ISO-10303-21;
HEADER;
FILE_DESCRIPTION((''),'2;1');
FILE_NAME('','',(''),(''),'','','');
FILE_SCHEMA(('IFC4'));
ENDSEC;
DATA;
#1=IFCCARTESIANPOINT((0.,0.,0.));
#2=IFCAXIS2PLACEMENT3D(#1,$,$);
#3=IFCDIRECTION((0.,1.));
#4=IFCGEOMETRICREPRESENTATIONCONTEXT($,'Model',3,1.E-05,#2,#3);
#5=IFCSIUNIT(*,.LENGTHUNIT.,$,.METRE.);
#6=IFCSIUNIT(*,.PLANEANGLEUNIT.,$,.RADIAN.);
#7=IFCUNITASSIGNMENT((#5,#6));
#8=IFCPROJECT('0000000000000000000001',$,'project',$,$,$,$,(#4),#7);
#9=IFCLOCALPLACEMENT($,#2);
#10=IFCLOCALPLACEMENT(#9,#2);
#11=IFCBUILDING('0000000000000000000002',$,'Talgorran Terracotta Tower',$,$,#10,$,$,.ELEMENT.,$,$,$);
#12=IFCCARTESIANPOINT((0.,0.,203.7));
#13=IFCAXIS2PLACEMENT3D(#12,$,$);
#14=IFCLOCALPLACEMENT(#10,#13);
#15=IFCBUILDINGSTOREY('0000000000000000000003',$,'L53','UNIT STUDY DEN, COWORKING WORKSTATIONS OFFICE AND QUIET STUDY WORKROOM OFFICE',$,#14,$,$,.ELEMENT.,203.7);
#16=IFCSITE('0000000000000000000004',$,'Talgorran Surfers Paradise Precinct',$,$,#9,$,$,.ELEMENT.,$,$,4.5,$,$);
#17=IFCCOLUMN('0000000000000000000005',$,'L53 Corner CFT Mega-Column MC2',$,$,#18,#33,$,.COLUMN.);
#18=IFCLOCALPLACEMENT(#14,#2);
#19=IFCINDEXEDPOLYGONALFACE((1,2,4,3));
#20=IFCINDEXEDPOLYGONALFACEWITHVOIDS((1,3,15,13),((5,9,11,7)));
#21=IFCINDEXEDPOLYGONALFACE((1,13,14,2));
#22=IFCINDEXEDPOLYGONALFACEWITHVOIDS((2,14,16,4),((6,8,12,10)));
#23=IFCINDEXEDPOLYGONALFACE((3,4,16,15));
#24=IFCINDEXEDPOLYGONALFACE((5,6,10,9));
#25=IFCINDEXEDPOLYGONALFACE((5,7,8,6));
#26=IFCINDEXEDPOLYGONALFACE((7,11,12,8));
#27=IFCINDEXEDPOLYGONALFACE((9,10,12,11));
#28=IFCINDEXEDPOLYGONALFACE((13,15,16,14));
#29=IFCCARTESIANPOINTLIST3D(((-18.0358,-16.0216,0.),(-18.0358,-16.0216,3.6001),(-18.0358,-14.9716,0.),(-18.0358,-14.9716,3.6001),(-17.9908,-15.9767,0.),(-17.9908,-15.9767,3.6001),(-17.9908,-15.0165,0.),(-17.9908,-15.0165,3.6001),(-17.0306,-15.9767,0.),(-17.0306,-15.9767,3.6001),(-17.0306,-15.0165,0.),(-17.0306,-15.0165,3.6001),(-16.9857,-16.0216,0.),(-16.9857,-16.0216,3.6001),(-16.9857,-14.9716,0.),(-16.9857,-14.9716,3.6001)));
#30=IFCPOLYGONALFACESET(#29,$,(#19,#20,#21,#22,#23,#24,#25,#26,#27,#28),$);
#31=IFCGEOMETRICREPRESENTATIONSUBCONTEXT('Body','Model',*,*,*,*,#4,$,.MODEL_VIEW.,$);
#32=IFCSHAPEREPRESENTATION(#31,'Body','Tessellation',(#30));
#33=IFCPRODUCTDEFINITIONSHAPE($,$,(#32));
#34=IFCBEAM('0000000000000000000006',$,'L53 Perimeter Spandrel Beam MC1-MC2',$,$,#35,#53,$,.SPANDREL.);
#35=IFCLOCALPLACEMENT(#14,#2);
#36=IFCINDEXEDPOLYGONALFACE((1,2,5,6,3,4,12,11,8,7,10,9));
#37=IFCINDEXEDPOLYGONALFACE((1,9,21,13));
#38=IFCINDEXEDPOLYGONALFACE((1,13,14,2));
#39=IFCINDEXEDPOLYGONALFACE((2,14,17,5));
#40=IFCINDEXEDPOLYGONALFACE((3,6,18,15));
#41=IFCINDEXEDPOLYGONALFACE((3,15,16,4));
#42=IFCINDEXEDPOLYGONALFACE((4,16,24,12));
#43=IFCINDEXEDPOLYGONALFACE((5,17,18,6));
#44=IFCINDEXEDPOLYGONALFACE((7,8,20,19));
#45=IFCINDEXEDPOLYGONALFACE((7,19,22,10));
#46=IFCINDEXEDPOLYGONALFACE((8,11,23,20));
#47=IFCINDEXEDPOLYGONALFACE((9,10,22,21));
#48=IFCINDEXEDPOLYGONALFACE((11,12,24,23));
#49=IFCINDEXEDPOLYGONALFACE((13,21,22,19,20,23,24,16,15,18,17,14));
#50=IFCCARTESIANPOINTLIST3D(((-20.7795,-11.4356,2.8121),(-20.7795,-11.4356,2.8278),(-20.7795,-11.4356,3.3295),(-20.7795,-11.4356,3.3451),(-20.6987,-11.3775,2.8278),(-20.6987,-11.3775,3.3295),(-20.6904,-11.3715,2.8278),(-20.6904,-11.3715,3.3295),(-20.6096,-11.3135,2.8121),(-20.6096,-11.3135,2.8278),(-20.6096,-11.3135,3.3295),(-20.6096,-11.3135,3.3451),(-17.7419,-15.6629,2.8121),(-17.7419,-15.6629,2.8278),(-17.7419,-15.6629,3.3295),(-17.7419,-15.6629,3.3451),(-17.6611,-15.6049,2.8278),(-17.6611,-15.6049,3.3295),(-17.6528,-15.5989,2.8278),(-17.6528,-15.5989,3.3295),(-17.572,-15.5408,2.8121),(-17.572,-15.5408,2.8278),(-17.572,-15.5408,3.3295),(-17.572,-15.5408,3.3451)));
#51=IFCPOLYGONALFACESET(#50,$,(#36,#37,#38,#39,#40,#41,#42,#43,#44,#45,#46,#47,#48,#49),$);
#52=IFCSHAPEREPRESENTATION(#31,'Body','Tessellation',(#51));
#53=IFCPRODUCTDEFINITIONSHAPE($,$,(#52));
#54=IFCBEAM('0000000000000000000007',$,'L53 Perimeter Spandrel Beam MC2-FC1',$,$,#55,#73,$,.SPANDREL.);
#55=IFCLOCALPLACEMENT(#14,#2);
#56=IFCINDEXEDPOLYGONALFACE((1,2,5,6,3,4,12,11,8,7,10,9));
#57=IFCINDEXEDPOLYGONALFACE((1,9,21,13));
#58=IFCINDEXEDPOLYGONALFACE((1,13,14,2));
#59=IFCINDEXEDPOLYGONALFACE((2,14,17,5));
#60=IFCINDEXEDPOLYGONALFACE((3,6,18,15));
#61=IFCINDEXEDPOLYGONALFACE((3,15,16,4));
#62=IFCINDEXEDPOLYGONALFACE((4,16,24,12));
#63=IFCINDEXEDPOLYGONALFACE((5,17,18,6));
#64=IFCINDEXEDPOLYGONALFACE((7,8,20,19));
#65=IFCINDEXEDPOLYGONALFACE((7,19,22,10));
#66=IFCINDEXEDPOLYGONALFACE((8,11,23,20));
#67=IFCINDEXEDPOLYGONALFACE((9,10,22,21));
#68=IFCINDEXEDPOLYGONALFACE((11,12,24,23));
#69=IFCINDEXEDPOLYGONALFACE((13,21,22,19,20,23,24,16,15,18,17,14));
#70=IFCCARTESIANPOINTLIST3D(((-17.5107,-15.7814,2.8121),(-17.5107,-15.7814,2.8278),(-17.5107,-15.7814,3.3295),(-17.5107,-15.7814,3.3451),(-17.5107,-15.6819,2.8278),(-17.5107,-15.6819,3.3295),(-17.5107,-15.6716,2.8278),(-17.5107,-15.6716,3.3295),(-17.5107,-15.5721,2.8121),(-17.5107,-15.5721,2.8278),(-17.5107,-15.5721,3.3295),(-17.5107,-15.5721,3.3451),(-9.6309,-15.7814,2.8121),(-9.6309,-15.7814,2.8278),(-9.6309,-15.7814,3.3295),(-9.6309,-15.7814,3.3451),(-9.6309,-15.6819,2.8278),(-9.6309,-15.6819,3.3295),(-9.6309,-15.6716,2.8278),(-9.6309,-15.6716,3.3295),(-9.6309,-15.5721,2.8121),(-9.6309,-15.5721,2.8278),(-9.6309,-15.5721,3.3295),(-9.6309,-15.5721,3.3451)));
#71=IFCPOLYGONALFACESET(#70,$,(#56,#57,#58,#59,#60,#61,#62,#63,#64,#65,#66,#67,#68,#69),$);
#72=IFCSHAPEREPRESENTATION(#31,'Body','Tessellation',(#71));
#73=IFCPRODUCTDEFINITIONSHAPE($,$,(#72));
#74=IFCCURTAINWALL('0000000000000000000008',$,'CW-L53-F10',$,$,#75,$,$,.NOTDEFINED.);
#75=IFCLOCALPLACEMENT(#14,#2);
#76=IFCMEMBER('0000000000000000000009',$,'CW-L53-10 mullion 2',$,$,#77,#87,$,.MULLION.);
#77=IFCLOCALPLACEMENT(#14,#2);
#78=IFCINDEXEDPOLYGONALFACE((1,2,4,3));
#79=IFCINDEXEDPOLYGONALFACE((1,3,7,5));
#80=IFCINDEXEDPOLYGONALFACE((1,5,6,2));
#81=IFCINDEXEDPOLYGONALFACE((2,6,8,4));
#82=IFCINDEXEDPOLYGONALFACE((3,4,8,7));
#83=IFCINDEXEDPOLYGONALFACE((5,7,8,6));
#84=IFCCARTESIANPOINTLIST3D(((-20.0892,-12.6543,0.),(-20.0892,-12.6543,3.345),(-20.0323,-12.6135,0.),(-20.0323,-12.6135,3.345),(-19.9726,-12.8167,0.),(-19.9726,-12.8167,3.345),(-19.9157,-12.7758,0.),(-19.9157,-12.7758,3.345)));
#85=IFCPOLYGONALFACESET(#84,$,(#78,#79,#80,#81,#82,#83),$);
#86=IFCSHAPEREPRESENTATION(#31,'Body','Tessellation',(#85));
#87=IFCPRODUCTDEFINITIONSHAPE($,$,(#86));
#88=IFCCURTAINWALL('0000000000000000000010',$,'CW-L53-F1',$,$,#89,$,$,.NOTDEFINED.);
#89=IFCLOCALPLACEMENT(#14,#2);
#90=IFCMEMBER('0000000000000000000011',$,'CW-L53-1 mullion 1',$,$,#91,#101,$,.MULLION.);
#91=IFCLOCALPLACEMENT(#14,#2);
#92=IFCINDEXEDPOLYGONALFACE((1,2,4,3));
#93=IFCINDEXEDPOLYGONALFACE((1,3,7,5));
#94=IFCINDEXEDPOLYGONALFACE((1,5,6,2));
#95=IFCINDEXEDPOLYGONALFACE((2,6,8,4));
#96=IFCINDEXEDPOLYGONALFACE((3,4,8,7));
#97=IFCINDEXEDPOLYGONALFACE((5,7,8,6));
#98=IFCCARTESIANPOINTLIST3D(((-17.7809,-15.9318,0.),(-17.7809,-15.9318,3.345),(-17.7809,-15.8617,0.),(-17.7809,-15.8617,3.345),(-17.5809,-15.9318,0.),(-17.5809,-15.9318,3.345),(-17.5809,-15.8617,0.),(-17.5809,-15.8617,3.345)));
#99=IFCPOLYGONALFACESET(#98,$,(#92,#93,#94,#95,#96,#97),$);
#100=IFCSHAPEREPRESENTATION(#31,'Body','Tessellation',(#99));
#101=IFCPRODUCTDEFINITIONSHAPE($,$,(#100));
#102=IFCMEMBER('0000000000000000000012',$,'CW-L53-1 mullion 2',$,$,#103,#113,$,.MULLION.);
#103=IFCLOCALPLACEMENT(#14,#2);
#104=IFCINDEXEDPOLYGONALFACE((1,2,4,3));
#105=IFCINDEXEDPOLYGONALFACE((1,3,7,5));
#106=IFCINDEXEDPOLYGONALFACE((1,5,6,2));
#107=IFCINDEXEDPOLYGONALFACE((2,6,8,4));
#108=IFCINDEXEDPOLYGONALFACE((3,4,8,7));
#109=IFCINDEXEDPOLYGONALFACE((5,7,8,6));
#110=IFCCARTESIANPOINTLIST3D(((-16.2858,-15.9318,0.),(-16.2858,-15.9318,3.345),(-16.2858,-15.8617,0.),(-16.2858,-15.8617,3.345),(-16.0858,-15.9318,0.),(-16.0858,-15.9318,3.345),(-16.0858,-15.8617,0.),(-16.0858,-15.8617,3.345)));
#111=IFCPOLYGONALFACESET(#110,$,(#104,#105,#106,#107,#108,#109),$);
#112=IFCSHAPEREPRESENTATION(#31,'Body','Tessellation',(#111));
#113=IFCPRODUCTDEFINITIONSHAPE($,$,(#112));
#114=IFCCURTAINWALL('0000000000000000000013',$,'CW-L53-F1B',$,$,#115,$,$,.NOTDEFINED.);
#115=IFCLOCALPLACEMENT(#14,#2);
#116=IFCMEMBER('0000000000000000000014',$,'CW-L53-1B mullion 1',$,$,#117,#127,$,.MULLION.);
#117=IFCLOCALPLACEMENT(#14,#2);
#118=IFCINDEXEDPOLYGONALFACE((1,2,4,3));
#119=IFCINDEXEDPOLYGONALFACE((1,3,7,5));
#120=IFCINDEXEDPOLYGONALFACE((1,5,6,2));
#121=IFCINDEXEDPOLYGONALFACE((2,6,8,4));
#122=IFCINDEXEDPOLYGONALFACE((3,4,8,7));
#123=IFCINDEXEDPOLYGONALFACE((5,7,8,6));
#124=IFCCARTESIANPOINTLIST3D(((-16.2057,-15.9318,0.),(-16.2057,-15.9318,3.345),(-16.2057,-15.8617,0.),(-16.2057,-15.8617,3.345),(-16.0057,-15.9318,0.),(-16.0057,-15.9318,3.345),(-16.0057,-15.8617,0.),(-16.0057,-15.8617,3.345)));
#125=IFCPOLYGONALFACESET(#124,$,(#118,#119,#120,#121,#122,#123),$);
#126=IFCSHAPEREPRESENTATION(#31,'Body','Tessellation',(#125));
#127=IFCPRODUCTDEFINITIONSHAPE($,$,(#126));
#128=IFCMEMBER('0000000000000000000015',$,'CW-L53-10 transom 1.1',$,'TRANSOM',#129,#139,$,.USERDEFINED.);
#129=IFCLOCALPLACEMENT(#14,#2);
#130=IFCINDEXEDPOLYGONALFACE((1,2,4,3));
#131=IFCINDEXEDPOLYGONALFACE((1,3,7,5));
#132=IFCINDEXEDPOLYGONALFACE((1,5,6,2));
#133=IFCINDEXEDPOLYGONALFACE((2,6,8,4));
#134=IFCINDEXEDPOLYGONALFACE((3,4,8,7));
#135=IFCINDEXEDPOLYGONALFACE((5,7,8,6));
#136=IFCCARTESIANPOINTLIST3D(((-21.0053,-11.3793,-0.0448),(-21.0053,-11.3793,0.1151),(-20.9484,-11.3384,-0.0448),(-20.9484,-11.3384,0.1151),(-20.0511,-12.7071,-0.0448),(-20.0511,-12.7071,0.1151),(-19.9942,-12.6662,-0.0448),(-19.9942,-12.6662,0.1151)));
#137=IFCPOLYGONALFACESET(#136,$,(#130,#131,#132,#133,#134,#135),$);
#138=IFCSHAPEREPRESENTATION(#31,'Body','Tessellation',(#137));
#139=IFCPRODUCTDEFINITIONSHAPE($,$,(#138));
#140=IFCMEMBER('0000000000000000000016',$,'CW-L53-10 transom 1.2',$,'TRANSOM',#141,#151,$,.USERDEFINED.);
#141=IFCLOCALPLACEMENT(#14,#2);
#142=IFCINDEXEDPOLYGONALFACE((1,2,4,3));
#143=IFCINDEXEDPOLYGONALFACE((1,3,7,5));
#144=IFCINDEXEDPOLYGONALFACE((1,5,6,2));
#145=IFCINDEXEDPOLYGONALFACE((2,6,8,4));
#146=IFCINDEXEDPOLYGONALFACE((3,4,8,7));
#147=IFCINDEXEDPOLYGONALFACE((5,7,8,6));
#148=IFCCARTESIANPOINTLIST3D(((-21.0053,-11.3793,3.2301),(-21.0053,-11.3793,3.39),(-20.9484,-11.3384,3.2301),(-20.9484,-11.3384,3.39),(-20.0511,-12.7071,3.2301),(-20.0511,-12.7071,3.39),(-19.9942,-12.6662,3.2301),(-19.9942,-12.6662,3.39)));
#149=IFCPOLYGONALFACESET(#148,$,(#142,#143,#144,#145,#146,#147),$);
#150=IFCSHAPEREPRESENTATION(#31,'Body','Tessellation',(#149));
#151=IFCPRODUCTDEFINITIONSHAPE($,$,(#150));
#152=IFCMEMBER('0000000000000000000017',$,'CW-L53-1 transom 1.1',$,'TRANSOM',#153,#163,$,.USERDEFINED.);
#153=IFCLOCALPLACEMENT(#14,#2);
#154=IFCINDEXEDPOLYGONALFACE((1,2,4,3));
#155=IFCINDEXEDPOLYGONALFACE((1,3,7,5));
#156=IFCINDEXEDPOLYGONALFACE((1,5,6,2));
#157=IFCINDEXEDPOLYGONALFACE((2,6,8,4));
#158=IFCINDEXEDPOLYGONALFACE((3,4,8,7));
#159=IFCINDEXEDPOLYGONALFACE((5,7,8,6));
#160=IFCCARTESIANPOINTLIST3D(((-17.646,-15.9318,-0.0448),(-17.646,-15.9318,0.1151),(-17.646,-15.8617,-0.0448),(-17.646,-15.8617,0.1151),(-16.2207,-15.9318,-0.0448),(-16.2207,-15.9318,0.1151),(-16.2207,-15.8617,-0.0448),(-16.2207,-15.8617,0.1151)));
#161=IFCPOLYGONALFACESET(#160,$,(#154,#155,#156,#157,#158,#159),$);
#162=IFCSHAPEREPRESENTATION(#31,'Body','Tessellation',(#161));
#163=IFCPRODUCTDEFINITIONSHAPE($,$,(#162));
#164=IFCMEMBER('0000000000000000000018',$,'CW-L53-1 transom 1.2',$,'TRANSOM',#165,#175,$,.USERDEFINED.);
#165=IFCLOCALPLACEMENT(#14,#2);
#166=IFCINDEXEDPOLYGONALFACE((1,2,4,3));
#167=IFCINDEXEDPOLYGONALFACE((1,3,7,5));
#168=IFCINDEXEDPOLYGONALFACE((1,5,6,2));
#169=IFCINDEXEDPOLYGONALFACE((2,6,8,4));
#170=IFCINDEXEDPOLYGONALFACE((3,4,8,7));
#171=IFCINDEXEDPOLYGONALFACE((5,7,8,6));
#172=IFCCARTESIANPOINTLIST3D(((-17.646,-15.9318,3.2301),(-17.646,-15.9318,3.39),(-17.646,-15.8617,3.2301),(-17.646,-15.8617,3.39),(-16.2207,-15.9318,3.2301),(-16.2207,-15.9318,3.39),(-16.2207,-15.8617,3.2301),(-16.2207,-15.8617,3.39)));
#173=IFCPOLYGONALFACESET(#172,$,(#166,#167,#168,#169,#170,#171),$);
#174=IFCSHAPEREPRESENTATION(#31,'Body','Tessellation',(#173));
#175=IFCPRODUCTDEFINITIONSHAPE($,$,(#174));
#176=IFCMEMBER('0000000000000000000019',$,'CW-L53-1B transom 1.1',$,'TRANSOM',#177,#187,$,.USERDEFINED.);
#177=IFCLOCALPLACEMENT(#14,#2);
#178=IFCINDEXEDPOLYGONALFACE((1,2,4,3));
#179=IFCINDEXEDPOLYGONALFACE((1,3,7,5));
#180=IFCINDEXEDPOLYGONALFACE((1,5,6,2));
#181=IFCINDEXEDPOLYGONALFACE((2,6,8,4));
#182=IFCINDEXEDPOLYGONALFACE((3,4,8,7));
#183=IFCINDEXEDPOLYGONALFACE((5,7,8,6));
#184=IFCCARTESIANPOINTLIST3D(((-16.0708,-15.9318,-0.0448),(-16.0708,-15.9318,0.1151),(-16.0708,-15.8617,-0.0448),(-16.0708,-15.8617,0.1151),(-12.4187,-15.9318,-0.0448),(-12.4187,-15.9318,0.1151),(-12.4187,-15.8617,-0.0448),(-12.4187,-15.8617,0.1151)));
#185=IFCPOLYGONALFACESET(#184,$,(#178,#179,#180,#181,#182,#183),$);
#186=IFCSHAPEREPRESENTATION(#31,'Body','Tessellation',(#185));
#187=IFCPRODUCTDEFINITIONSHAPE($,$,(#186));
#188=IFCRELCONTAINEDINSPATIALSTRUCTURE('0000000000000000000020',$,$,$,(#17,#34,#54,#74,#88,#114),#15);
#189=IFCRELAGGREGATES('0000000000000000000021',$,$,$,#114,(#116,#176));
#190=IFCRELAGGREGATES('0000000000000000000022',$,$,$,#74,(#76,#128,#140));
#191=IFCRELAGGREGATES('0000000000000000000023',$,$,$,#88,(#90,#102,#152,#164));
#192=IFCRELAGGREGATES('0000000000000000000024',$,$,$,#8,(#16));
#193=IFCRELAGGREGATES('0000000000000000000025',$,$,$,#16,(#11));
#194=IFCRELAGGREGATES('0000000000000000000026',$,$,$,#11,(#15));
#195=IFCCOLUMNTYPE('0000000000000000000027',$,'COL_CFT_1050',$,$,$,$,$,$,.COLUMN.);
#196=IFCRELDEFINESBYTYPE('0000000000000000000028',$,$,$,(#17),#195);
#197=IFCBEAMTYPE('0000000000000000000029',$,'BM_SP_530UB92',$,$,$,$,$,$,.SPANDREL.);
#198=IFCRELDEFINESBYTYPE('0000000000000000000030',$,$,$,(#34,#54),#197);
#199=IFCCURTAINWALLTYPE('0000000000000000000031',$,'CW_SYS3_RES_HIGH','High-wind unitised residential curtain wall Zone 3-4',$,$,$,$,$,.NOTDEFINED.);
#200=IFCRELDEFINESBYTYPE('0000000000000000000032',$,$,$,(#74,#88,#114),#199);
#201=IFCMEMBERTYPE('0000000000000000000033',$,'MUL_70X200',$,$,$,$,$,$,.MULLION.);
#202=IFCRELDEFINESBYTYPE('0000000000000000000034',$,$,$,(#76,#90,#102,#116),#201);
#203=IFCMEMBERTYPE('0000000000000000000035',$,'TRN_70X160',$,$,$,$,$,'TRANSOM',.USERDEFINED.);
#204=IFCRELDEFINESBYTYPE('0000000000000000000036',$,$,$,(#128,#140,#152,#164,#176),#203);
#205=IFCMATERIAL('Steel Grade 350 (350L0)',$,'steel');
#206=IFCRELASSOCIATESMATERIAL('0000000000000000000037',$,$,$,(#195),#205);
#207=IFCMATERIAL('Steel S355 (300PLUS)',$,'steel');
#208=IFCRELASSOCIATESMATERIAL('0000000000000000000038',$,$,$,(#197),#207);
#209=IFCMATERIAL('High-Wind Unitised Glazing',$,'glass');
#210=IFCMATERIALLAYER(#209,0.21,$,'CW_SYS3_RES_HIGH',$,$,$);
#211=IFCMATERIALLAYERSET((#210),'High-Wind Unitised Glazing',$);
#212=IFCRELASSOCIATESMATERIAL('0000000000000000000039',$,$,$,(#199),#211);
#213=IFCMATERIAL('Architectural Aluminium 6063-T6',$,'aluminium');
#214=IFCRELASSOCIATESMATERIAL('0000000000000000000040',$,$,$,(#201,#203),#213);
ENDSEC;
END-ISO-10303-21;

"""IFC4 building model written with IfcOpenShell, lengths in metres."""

from ifc_helpers import new_model, si_unit, direction, frame, origin, origin_2d, place, context, subcontext, project, spatial, rectangle, hollow_rectangle, i_section, extrude, material, layer, layer_set, material_profile, profile_set, type_object, element, aggregate, save


model = new_model("IFC4")

# Units and contexts
model_context = context("Model", 3, precision=1e-05, world=origin(), true_north=direction((0.0, 1.0)))
body_context = subcontext(model_context, "Body", "Model", "MODEL_VIEW")
ifc_project = project(units=[si_unit("LENGTHUNIT", "METRE"), si_unit("PLANEANGLEUNIT", "RADIAN")], contexts=[model_context])

# Site, building, storey
site_placement = place(None, origin())
site = spatial("IfcSite", under=ifc_project, at=site_placement, Name="Talgorran Surfers Paradise Precinct", CompositionType="ELEMENT", RefElevation=4.5)
building_placement = place(site_placement, origin())
building = spatial("IfcBuilding", under=site, at=building_placement, Name="Talgorran Terracotta Tower", CompositionType="ELEMENT")
storey_placement = place(building_placement, frame((0.0, 0.0, 203.7)))
storey = spatial("IfcBuildingStorey", under=building, at=storey_placement, Name="L53", Description="UNIT STUDY DEN, COWORKING WORKSTATIONS OFFICE AND QUIET STUDY WORKROOM OFFICE", CompositionType="ELEMENT", Elevation=203.7)

# Column
ifc_material_1 = material(Name="Steel Grade 350 (350L0)", Category="steel")
ifc_material_profile_1 = material_profile(ifc_material_1, hollow_rectangle(XDim=1.05, YDim=1.05, WallThickness=0.0449, at=origin_2d()), Name="CFT1050X1050X45")
ifc_profile_set_1 = profile_set([ifc_material_profile_1], Name="Steel Grade 350 (350L0)")
column_type = type_object("IfcColumnType", Name="COL_CFT_1050", PredefinedType="COLUMN", material=ifc_profile_set_1)
column_placement = place(storey_placement, frame((-17.5107, -15.4966, 0.0), z_axis=(0.0, 0.0, 1.0), x_axis=(1.0, 0.0, 0.0)))
element("IfcColumn", 1, at=column_placement, inside=storey, type_object=column_type, Name="L53 Corner CFT Mega-Column MC2", PredefinedType="COLUMN", context=body_context, shape_type="SweptSolid", body=[
    extrude(hollow_rectangle(XDim=1.05, YDim=1.05, WallThickness=0.0449, at=origin_2d()), origin(), (0.0, 0.0, 1.0), 3.6001),
])

# Beams
ifc_material_2 = material(Name="Steel S355 (300PLUS)", Category="steel")
ifc_material_profile_2 = material_profile(ifc_material_2, i_section(OverallWidth=0.2092, OverallDepth=0.533, WebThickness=0.0103, FlangeThickness=0.0156, at=origin_2d()), Name="530UB92.4")
ifc_profile_set_2 = profile_set([ifc_material_profile_2], Name="Steel S355 (300PLUS)")
beam_type = type_object("IfcBeamType", Name="BM_SP_530UB92", PredefinedType="SPANDREL", material=ifc_profile_set_2)
beam_1_placement = place(storey_placement, frame((-20.6946, -11.3745, 3.0786), z_axis=(0.583538, -0.812086, 0.0), x_axis=(0.812086, 0.583538, 0.0)))
element("IfcBeam", 2, at=beam_1_placement, inside=storey, type_object=beam_type, Name="L53 Perimeter Spandrel Beam MC1-MC2", PredefinedType="SPANDREL", context=body_context, shape_type="SweptSolid", body=[
    extrude(i_section(OverallWidth=0.2092, OverallDepth=0.533, WebThickness=0.0103, FlangeThickness=0.0156, at=origin_2d()), origin(), (0.0, 0.0, 1.0), 5.2056),
])
beam_2_placement = place(storey_placement, frame((-17.5107, -15.6768, 3.0786), z_axis=(1.0, 0.0, 0.0), x_axis=(0.0, 1.0, 0.0)))
element("IfcBeam", 3, at=beam_2_placement, inside=storey, type_object=beam_type, Name="L53 Perimeter Spandrel Beam MC2-FC1", PredefinedType="SPANDREL", context=body_context, shape_type="SweptSolid", body=[
    extrude(i_section(OverallWidth=0.2092, OverallDepth=0.533, WebThickness=0.0103, FlangeThickness=0.0156, at=origin_2d()), origin(), (0.0, 0.0, 1.0), 7.8799),
])

# Curtain wall, member
ifc_material_3 = material(Name="High-Wind Unitised Glazing", Category="glass")
ifc_layer_1 = layer(ifc_material_3, 0.21, Name="CW_SYS3_RES_HIGH")
ifc_layer_set_1 = layer_set([ifc_layer_1], Name="High-Wind Unitised Glazing")
curtain_wall_type = type_object("IfcCurtainWallType", Name="CW_SYS3_RES_HIGH", Description="High-wind unitised residential curtain wall Zone 3-4", PredefinedType="NOTDEFINED", material=ifc_layer_set_1)
curtain_wall_1_placement = place(storey_placement, origin())
curtain_wall_1 = element("IfcCurtainWall", 4, at=curtain_wall_1_placement, inside=storey, type_object=curtain_wall_type, Name="CW-L53-F10", PredefinedType="NOTDEFINED")
ifc_material_4 = material(Name="Architectural Aluminium 6063-T6", Category="aluminium")
ifc_material_profile_3 = material_profile(ifc_material_4, rectangle(XDim=0.0701, YDim=0.2, at=origin_2d()), Name="CWM70X200")
ifc_profile_set_3 = profile_set([ifc_material_profile_3], Name="Architectural Aluminium 6063-T6")
member_type_1 = type_object("IfcMemberType", Name="MUL_70X200", PredefinedType="MULLION", material=ifc_profile_set_3)
member_1_placement = place(storey_placement, frame((-20.0024, -12.7151, 0.0), z_axis=(0.0, 0.0, 1.0), x_axis=(0.812078, 0.583549, 0.0)))
member_1 = element("IfcMember", 5, at=member_1_placement, type_object=member_type_1, Name="CW-L53-10 mullion 2", PredefinedType="MULLION", context=body_context, shape_type="SweptSolid", body=[
    extrude(rectangle(XDim=0.0701, YDim=0.2, at=origin_2d()), origin(), (0.0, 0.0, 1.0), 3.345),
])

# Curtain wall, members
curtain_wall_2_placement = place(storey_placement, origin())
curtain_wall_2 = element("IfcCurtainWall", 6, at=curtain_wall_2_placement, inside=storey, type_object=curtain_wall_type, Name="CW-L53-F1", PredefinedType="NOTDEFINED")
member_2_placement = place(storey_placement, frame((-17.6809, -15.8967, 0.0), z_axis=(0.0, 0.0, 1.0), x_axis=(0.0, 1.0, 0.0)))
member_2 = element("IfcMember", 7, at=member_2_placement, type_object=member_type_1, Name="CW-L53-1 mullion 1", PredefinedType="MULLION", context=body_context, shape_type="SweptSolid", body=[
    extrude(rectangle(XDim=0.0701, YDim=0.2, at=origin_2d()), origin(), (0.0, 0.0, 1.0), 3.345),
])
member_3_placement = place(storey_placement, frame((-16.1858, -15.8967, 0.0), z_axis=(0.0, 0.0, 1.0), x_axis=(0.0, 1.0, 0.0)))
member_3 = element("IfcMember", 8, at=member_3_placement, type_object=member_type_1, Name="CW-L53-1 mullion 2", PredefinedType="MULLION", context=body_context, shape_type="SweptSolid", body=[
    extrude(rectangle(XDim=0.0701, YDim=0.2, at=origin_2d()), origin(), (0.0, 0.0, 1.0), 3.345),
])

# Curtain wall, member
curtain_wall_3_placement = place(storey_placement, origin())
curtain_wall_3 = element("IfcCurtainWall", 9, at=curtain_wall_3_placement, inside=storey, type_object=curtain_wall_type, Name="CW-L53-F1B", PredefinedType="NOTDEFINED")
member_4_placement = place(storey_placement, frame((-16.1057, -15.8967, 0.0), z_axis=(0.0, 0.0, 1.0), x_axis=(0.0, 1.0, 0.0)))
member_4 = element("IfcMember", 10, at=member_4_placement, type_object=member_type_1, Name="CW-L53-1B mullion 1", PredefinedType="MULLION", context=body_context, shape_type="SweptSolid", body=[
    extrude(rectangle(XDim=0.0701, YDim=0.2, at=origin_2d()), origin(), (0.0, 0.0, 1.0), 3.345),
])

# Members
ifc_material_profile_4 = material_profile(ifc_material_4, rectangle(XDim=0.0701, YDim=0.1599, at=origin_2d()), Name="CWT70X160")
ifc_profile_set_4 = profile_set([ifc_material_profile_4], Name="Architectural Aluminium 6063-T6")
member_type_2 = type_object("IfcMemberType", Name="TRN_70X160", ElementType="TRANSOM", PredefinedType="USERDEFINED", material=ifc_profile_set_4)
member_5_placement = place(storey_placement, frame((-20.9768, -11.3589, 0.0352), z_axis=(0.583581, -0.812055, 0.0), x_axis=(0.812055, 0.583581, 0.0)))
member_5 = element("IfcMember", 11, at=member_5_placement, type_object=member_type_2, Name="CW-L53-10 transom 1.1", ObjectType="TRANSOM", PredefinedType="USERDEFINED", context=body_context, shape_type="SweptSolid", body=[
    extrude(rectangle(XDim=0.0701, YDim=0.1599, at=origin_2d()), origin(), (0.0, 0.0, 1.0), 1.635),
])
member_6_placement = place(storey_placement, frame((-20.9768, -11.3589, 3.3101), z_axis=(0.583581, -0.812055, 0.0), x_axis=(0.812055, 0.583581, 0.0)))
member_6 = element("IfcMember", 12, at=member_6_placement, type_object=member_type_2, Name="CW-L53-10 transom 1.2", ObjectType="TRANSOM", PredefinedType="USERDEFINED", context=body_context, shape_type="SweptSolid", body=[
    extrude(rectangle(XDim=0.0701, YDim=0.1599, at=origin_2d()), origin(), (0.0, 0.0, 1.0), 1.635),
])
member_7_placement = place(storey_placement, frame((-17.646, -15.8967, 0.0352), z_axis=(1.0, 0.0, 0.0), x_axis=(0.0, 1.0, 0.0)))
member_7 = element("IfcMember", 13, at=member_7_placement, type_object=member_type_2, Name="CW-L53-1 transom 1.1", ObjectType="TRANSOM", PredefinedType="USERDEFINED", context=body_context, shape_type="SweptSolid", body=[
    extrude(rectangle(XDim=0.0701, YDim=0.1599, at=origin_2d()), origin(), (0.0, 0.0, 1.0), 1.4253),
])
member_8_placement = place(storey_placement, frame((-17.646, -15.8967, 3.3101), z_axis=(1.0, 0.0, 0.0), x_axis=(0.0, 1.0, 0.0)))
member_8 = element("IfcMember", 14, at=member_8_placement, type_object=member_type_2, Name="CW-L53-1 transom 1.2", ObjectType="TRANSOM", PredefinedType="USERDEFINED", context=body_context, shape_type="SweptSolid", body=[
    extrude(rectangle(XDim=0.0701, YDim=0.1599, at=origin_2d()), origin(), (0.0, 0.0, 1.0), 1.4253),
])
member_9_placement = place(storey_placement, frame((-16.0708, -15.8967, 0.0352), z_axis=(1.0, 0.0, 0.0), x_axis=(0.0, 1.0, 0.0)))
member_9 = element("IfcMember", 15, at=member_9_placement, type_object=member_type_2, Name="CW-L53-1B transom 1.1", ObjectType="TRANSOM", PredefinedType="USERDEFINED", context=body_context, shape_type="SweptSolid", body=[
    extrude(rectangle(XDim=0.0701, YDim=0.1599, at=origin_2d()), origin(), (0.0, 0.0, 1.0), 3.6521),
])
aggregate(curtain_wall_3, [member_4, member_9])

aggregate(curtain_wall_1, [member_1, member_5, member_6])
aggregate(curtain_wall_2, [member_2, member_3, member_7, member_8])

save(model, "model.ifc")
